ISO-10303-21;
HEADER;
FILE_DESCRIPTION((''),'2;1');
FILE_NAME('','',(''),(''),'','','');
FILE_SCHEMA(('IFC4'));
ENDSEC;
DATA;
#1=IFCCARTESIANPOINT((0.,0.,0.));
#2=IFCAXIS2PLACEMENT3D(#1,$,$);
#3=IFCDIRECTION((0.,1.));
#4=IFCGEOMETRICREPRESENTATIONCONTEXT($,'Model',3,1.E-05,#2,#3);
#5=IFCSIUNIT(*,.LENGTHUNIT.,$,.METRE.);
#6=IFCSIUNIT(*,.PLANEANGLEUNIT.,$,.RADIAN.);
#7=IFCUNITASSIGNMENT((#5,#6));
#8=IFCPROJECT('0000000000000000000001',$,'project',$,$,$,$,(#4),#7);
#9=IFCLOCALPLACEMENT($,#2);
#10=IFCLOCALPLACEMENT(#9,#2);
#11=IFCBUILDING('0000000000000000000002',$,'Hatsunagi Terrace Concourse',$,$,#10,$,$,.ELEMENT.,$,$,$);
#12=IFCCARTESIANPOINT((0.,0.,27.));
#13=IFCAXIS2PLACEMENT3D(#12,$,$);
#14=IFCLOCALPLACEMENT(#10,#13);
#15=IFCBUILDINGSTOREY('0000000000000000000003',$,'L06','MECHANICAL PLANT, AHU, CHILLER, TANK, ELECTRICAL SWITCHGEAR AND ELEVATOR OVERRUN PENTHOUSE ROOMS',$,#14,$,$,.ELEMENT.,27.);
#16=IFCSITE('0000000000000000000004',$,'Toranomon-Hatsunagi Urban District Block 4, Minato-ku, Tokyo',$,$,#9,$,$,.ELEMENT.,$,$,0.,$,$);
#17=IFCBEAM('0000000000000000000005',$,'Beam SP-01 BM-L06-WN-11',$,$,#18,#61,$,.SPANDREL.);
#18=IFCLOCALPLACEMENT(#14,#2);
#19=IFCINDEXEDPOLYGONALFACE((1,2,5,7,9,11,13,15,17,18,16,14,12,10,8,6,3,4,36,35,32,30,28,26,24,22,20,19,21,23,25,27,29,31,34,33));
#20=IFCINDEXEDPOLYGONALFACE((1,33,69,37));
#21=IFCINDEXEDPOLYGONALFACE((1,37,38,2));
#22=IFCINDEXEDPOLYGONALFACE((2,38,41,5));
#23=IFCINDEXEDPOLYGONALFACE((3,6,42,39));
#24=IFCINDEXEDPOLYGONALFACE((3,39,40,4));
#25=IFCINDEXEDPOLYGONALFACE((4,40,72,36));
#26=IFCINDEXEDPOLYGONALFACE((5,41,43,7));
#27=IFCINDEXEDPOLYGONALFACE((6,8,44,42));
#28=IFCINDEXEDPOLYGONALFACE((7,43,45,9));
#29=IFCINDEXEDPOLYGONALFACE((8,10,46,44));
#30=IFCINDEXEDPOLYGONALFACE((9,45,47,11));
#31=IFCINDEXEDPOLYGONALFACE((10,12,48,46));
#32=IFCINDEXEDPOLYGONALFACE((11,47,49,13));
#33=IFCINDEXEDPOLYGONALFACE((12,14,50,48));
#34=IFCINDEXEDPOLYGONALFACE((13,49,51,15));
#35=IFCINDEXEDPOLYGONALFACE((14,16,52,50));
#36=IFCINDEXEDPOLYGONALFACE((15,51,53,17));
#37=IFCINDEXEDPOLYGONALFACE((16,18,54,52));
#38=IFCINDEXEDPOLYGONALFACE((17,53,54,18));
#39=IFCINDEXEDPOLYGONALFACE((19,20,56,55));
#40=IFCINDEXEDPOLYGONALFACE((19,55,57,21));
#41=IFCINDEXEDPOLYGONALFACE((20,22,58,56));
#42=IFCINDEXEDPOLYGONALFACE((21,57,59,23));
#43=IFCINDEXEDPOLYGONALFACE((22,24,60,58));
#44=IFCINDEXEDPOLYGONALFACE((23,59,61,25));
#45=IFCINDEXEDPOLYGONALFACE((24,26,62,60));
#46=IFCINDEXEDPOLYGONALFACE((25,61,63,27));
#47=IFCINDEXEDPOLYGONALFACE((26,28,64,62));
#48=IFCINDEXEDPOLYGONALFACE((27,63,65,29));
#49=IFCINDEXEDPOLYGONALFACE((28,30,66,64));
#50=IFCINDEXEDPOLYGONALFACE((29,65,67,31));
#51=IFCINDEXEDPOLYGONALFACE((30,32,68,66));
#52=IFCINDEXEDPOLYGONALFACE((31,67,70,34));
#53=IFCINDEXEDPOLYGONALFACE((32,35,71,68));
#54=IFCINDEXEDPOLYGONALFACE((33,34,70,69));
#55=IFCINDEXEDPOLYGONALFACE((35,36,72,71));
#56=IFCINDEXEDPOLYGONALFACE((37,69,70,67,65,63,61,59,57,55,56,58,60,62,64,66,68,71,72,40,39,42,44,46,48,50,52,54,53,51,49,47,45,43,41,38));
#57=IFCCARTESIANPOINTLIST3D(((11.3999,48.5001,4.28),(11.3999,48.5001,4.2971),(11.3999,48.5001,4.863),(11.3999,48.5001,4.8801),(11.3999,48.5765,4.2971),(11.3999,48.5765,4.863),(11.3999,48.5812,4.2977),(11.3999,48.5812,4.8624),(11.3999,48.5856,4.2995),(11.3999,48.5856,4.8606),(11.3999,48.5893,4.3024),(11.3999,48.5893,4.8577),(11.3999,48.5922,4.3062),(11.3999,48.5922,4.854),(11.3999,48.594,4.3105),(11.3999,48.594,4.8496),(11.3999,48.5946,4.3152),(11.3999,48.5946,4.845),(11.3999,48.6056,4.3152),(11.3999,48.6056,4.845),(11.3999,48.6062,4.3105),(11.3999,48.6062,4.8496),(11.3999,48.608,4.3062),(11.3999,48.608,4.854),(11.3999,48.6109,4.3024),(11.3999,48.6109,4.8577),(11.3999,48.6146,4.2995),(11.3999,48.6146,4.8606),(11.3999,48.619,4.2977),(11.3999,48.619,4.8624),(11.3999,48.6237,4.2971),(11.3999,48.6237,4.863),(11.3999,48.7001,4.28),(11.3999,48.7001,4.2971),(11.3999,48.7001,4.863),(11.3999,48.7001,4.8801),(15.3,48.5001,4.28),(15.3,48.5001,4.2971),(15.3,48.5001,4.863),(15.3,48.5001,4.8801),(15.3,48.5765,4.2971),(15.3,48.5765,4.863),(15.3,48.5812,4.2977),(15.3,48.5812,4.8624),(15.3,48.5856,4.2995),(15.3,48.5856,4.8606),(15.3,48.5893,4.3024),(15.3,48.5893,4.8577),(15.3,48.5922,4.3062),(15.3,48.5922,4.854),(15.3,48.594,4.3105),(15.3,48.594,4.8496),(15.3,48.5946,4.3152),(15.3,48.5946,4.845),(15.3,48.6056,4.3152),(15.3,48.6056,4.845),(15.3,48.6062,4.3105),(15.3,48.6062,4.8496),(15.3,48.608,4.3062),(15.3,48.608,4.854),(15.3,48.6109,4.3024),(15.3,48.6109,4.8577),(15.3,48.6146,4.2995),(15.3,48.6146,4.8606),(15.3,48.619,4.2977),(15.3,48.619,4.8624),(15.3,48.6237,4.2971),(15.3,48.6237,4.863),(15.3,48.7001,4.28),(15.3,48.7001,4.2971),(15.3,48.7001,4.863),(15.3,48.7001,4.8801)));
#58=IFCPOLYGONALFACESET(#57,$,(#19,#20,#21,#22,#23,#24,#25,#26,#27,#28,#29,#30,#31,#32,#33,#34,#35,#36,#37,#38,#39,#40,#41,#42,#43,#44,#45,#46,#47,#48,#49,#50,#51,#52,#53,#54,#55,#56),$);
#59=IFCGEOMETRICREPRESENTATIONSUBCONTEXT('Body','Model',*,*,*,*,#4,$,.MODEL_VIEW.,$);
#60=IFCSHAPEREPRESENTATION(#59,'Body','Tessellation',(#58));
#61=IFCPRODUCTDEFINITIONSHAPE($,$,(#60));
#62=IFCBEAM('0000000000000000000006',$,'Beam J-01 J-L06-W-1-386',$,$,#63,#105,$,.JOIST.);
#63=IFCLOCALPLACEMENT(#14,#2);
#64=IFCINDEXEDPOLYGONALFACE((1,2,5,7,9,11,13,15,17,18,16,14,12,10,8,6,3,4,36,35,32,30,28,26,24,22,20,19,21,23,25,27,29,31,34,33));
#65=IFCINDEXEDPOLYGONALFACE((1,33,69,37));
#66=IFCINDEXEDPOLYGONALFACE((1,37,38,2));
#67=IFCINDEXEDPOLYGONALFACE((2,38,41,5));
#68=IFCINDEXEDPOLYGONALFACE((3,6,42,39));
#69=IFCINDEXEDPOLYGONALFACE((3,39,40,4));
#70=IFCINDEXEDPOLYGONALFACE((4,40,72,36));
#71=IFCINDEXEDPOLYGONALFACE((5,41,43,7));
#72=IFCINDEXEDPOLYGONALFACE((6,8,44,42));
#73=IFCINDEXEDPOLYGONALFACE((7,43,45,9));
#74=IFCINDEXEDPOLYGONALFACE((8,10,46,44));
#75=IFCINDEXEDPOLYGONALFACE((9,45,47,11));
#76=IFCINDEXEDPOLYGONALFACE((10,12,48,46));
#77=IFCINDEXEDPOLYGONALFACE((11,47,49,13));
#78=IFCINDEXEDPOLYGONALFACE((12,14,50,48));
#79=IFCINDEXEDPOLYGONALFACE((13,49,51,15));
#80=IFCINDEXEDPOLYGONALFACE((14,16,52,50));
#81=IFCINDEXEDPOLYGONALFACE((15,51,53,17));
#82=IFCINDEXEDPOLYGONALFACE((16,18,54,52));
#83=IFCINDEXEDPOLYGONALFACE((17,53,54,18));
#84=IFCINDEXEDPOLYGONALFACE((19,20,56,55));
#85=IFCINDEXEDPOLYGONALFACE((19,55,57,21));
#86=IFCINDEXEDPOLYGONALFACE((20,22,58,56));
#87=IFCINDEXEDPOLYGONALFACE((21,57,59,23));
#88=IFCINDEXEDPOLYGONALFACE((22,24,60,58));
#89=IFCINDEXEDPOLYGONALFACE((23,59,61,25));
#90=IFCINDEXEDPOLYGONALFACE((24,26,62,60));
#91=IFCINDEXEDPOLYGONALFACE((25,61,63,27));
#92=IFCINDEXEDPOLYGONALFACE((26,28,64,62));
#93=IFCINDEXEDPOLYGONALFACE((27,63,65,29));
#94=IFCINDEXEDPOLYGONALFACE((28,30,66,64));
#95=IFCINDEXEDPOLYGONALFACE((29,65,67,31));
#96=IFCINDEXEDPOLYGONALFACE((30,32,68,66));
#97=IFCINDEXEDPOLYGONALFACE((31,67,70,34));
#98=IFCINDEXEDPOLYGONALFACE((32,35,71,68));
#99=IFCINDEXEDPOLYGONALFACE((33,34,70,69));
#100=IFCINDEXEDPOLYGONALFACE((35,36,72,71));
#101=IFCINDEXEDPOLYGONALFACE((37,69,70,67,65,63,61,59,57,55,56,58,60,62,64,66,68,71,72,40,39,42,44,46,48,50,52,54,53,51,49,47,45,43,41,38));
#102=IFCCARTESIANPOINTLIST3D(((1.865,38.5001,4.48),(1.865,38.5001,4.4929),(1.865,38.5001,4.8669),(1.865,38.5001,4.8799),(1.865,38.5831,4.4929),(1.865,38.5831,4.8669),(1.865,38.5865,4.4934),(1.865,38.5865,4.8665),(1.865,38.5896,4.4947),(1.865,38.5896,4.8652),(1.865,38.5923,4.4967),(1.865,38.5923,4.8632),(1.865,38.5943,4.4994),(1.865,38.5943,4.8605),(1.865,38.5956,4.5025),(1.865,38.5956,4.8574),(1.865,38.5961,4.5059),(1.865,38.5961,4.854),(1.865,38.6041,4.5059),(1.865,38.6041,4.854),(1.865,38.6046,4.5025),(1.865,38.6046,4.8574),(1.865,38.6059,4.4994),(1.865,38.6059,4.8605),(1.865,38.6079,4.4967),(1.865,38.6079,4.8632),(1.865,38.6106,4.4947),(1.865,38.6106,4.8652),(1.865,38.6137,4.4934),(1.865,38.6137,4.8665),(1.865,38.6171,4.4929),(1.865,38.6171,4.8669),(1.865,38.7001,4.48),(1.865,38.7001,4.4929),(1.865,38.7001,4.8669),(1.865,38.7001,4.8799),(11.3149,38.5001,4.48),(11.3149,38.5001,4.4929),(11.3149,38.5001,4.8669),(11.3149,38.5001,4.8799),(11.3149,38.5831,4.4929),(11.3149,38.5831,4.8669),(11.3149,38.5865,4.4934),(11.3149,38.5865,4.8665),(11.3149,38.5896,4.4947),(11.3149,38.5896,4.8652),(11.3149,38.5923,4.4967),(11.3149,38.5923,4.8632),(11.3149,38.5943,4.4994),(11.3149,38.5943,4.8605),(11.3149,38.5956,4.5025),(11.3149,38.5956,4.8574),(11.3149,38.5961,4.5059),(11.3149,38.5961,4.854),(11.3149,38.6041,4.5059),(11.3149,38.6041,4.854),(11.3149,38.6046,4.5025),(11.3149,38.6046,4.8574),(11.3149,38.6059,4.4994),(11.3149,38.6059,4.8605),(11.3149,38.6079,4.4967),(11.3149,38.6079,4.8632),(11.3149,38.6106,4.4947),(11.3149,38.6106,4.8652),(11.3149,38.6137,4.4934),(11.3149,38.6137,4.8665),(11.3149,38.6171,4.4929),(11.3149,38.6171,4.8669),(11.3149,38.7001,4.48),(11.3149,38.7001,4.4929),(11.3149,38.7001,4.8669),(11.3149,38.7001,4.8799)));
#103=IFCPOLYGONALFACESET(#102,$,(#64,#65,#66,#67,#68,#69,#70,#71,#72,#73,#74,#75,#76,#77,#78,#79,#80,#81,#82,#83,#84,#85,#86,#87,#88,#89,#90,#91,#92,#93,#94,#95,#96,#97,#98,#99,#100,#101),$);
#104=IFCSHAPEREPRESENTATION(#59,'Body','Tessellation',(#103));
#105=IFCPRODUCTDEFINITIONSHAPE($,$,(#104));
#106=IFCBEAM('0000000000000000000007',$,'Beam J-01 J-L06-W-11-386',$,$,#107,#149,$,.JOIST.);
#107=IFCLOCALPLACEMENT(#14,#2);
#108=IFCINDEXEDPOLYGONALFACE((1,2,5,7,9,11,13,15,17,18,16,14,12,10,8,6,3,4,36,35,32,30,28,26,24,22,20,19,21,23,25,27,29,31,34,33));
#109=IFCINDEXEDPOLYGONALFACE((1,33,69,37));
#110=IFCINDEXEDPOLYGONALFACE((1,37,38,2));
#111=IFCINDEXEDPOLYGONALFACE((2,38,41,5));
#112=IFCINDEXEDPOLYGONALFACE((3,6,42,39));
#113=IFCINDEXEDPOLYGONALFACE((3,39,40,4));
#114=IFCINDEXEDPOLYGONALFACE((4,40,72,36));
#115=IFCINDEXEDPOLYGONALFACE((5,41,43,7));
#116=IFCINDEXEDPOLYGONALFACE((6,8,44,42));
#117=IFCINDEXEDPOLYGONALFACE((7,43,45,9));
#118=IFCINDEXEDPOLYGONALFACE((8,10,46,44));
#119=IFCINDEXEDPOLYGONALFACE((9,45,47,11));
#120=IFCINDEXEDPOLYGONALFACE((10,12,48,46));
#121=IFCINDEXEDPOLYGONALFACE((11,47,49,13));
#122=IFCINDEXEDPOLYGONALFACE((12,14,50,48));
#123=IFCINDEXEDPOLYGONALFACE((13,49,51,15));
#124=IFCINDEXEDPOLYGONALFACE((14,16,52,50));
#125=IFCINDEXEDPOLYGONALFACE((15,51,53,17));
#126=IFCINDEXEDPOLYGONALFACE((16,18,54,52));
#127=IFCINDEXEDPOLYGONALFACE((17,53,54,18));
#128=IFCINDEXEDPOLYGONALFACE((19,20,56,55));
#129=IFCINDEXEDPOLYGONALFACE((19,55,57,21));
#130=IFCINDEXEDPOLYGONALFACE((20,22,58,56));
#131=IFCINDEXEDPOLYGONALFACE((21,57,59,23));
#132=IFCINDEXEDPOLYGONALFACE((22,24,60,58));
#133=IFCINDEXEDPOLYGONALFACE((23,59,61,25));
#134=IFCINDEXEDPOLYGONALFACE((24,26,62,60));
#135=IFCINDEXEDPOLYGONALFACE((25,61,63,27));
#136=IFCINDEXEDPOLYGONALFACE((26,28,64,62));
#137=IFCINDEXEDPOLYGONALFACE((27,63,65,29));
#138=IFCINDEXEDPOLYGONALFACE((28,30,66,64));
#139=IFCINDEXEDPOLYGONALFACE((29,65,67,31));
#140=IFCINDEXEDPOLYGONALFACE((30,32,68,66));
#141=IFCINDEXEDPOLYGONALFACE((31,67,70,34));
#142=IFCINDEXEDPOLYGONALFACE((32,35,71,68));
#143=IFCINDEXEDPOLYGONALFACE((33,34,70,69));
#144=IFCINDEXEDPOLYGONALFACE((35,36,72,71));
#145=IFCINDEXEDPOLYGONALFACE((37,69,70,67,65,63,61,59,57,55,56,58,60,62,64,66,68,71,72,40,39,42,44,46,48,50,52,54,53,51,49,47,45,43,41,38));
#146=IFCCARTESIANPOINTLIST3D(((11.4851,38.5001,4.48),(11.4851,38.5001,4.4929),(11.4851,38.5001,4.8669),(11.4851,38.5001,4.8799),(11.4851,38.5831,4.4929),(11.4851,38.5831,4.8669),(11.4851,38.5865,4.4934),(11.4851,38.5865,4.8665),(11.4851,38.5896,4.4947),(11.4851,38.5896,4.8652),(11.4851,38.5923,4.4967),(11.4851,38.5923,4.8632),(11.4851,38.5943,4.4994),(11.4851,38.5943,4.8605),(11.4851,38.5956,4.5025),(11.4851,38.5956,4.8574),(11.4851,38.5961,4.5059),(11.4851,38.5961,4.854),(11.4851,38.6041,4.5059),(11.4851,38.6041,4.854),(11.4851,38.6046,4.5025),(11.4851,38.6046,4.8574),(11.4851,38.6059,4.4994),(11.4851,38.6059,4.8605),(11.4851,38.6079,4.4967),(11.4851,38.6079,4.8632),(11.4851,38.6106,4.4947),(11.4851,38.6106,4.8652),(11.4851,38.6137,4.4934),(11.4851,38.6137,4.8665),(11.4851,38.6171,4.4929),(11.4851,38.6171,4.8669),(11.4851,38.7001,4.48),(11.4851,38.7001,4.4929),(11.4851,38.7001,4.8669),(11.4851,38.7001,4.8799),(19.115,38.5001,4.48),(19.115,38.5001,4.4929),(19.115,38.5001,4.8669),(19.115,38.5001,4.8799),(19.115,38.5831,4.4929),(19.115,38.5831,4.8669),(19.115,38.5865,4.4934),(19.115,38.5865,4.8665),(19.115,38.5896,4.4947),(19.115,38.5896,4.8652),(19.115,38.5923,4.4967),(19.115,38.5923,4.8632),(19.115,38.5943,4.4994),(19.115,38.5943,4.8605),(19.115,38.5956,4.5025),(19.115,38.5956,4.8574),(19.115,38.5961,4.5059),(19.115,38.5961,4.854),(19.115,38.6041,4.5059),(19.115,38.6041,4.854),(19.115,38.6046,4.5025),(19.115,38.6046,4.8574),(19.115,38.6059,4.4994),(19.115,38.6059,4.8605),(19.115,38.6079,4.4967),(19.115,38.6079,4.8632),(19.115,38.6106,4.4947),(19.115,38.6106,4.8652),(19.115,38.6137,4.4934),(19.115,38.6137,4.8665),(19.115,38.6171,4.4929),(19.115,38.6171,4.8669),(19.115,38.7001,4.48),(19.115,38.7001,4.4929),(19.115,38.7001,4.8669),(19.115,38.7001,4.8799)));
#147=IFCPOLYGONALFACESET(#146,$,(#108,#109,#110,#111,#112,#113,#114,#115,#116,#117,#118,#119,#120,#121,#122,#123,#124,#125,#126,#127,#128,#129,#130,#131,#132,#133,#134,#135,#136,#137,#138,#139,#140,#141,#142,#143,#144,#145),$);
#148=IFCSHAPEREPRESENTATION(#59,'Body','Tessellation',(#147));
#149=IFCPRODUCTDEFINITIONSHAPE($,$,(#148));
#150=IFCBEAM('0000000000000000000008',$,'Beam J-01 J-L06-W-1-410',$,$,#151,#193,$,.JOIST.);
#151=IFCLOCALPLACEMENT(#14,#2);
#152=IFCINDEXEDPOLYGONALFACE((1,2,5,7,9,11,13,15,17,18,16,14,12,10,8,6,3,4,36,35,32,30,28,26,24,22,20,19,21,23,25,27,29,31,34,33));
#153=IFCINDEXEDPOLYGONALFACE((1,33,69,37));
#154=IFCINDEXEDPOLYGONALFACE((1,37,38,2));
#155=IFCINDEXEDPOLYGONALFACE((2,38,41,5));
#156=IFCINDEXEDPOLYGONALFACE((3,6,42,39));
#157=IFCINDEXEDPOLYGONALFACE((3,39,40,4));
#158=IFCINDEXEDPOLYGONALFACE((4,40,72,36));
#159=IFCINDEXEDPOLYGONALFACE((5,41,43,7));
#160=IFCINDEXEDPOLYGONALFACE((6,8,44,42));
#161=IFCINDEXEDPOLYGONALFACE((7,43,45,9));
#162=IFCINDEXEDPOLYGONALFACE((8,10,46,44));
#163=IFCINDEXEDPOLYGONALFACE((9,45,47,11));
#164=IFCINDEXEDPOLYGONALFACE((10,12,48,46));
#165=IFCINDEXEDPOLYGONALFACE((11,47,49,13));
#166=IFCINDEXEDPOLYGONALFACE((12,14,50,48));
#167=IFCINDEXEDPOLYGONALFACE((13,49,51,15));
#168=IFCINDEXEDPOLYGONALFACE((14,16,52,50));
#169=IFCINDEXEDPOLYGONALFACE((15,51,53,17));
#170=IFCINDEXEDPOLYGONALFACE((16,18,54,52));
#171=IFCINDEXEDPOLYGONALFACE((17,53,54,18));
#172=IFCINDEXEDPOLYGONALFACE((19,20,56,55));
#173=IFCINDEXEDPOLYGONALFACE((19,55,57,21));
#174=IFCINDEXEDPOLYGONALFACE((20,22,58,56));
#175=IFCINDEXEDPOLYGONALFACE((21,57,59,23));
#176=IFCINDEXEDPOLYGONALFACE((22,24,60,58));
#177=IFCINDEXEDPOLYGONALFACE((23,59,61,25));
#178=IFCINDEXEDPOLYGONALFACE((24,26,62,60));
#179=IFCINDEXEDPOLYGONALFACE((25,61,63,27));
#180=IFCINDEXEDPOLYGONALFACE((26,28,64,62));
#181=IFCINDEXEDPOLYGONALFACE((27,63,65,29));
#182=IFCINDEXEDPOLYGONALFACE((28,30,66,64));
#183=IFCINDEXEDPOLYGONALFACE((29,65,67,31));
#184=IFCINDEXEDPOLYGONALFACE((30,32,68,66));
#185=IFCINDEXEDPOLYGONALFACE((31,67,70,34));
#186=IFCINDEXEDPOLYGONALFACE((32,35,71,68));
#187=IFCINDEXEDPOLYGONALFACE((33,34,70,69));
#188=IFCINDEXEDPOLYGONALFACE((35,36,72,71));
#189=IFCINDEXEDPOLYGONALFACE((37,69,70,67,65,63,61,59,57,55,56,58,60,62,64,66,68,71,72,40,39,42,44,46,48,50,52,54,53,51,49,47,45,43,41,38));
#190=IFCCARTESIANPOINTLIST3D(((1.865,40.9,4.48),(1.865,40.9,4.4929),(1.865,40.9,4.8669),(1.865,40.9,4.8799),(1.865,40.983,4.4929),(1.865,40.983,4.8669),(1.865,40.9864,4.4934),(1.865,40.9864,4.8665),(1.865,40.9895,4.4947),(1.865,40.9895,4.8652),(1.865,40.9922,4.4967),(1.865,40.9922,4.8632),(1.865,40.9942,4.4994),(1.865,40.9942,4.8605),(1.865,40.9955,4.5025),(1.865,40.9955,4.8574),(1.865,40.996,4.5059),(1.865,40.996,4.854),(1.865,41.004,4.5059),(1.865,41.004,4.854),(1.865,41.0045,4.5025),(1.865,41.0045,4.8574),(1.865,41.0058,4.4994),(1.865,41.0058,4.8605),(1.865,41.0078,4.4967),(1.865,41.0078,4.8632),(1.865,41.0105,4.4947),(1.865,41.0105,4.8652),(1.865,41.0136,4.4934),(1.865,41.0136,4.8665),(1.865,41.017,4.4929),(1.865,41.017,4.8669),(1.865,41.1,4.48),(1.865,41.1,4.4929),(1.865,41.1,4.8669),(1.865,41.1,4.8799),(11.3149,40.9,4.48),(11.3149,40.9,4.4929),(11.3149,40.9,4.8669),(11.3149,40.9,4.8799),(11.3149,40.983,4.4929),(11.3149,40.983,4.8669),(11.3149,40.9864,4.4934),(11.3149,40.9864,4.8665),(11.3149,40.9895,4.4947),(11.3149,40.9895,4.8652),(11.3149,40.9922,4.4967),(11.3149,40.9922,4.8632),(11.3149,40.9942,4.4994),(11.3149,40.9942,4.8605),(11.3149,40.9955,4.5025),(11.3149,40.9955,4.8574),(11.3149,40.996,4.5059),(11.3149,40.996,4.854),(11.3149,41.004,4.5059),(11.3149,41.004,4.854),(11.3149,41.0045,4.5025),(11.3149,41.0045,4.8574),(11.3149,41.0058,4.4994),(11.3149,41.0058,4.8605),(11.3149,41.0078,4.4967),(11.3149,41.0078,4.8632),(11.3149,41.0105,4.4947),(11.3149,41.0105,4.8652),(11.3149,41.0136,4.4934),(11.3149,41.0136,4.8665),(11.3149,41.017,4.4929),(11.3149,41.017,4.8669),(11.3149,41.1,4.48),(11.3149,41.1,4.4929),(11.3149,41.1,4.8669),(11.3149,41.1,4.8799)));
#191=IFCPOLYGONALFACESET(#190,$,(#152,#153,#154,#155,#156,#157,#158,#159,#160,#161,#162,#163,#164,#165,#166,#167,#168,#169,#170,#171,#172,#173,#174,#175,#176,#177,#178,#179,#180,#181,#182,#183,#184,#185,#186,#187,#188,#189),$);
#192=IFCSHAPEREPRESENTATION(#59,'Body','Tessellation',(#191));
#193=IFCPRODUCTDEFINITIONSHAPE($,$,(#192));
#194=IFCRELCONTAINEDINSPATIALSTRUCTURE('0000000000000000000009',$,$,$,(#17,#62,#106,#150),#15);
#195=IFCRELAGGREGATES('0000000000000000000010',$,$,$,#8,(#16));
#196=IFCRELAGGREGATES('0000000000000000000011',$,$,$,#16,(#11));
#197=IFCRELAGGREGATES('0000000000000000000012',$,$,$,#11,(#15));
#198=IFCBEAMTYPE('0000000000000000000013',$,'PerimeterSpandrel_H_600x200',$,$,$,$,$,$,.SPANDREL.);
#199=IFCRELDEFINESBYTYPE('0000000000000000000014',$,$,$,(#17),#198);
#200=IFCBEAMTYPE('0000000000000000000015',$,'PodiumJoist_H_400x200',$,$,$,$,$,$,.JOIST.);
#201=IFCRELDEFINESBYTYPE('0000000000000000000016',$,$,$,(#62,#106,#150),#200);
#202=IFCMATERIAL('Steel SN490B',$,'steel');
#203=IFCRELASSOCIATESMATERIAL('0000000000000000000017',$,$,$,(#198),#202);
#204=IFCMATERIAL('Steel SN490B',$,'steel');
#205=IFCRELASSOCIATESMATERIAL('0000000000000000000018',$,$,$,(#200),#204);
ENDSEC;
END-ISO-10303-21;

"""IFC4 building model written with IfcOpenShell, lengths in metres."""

from ifc_helpers import new_model, si_unit, direction, frame, origin, origin_2d, place, context, subcontext, project, spatial, i_section, extrude, material, material_profile, profile_set, type_object, element, save


model = new_model("IFC4")

# Units and contexts
model_context = context("Model", 3, precision=1e-05, world=origin(), true_north=direction((0.0, 1.0)))
body_context = subcontext(model_context, "Body", "Model", "MODEL_VIEW")
ifc_project = project(units=[si_unit("LENGTHUNIT", "METRE"), si_unit("PLANEANGLEUNIT", "RADIAN")], contexts=[model_context])

# Site, building, storey
site_placement = place(None, origin())
site = spatial("IfcSite", under=ifc_project, at=site_placement, Name="Toranomon-Hatsunagi Urban District Block 4, Minato-ku, Tokyo", CompositionType="ELEMENT", RefElevation=0.0)
building_placement = place(site_placement, origin())
building = spatial("IfcBuilding", under=site, at=building_placement, Name="Hatsunagi Terrace Concourse", CompositionType="ELEMENT")
storey_placement = place(building_placement, frame((0.0, 0.0, 27.0)))
storey = spatial("IfcBuildingStorey", under=building, at=storey_placement, Name="L06", Description="MECHANICAL PLANT, AHU, CHILLER, TANK, ELECTRICAL SWITCHGEAR AND ELEVATOR OVERRUN PENTHOUSE ROOMS", CompositionType="ELEMENT", Elevation=27.0)

# Beams
ifc_material_1 = material(Name="Steel SN490B", Category="steel")
ifc_material_profile_1 = material_profile(ifc_material_1, i_section(OverallWidth=0.2, OverallDepth=0.6001, WebThickness=0.011, FlangeThickness=0.0171, FilletRadius=0.0181, at=origin_2d()), Name="H-600x200x11x17")
ifc_profile_set_1 = profile_set([ifc_material_profile_1], Name="Steel SN490B")
beam_type_1 = type_object("IfcBeamType", Name="PerimeterSpandrel_H_600x200", PredefinedType="SPANDREL", material=ifc_profile_set_1)
beam_1_placement = place(storey_placement, frame((11.3999, 48.6001, 4.5801), z_axis=(1.0, 0.0, 0.0), x_axis=(0.0, 1.0, 0.0)))
element("IfcBeam", 1, at=beam_1_placement, inside=storey, type_object=beam_type_1, Name="Beam SP-01 BM-L06-WN-11", PredefinedType="SPANDREL", context=body_context, shape_type="SweptSolid", body=[
    extrude(i_section(OverallWidth=0.2, OverallDepth=0.6001, WebThickness=0.011, FlangeThickness=0.0171, FilletRadius=0.0181, at=origin_2d()), origin(), (0.0, 0.0, 1.0), 3.9001),
])
ifc_material_2 = material(Name="Steel SN490B", Category="steel")
ifc_material_profile_2 = material_profile(ifc_material_2, i_section(OverallWidth=0.2, OverallDepth=0.3999, WebThickness=0.0081, FlangeThickness=0.0129, FilletRadius=0.0129, at=origin_2d()), Name="H-400x200x8x13")
ifc_profile_set_2 = profile_set([ifc_material_profile_2], Name="Steel SN490B")
beam_type_2 = type_object("IfcBeamType", Name="PodiumJoist_H_400x200", PredefinedType="JOIST", material=ifc_profile_set_2)
beam_2_placement = place(storey_placement, frame((1.865, 38.6001, 4.6799), z_axis=(1.0, 0.0, 0.0), x_axis=(0.0, 1.0, 0.0)))
element("IfcBeam", 2, at=beam_2_placement, inside=storey, type_object=beam_type_2, Name="Beam J-01 J-L06-W-1-386", PredefinedType="JOIST", context=body_context, shape_type="SweptSolid", body=[
    extrude(i_section(OverallWidth=0.2, OverallDepth=0.3999, WebThickness=0.0081, FlangeThickness=0.0129, FilletRadius=0.0129, at=origin_2d()), origin(), (0.0, 0.0, 1.0), 9.45),
])
beam_3_placement = place(storey_placement, frame((11.4851, 38.6001, 4.6799), z_axis=(1.0, 0.0, 0.0), x_axis=(0.0, 1.0, 0.0)))
element("IfcBeam", 3, at=beam_3_placement, inside=storey, type_object=beam_type_2, Name="Beam J-01 J-L06-W-11-386", PredefinedType="JOIST", context=body_context, shape_type="SweptSolid", body=[
    extrude(i_section(OverallWidth=0.2, OverallDepth=0.3999, WebThickness=0.0081, FlangeThickness=0.0129, FilletRadius=0.0129, at=origin_2d()), origin(), (0.0, 0.0, 1.0), 7.6299),
])
beam_4_placement = place(storey_placement, frame((1.865, 41.0, 4.6799), z_axis=(1.0, 0.0, 0.0), x_axis=(0.0, 1.0, 0.0)))
element("IfcBeam", 4, at=beam_4_placement, inside=storey, type_object=beam_type_2, Name="Beam J-01 J-L06-W-1-410", PredefinedType="JOIST", context=body_context, shape_type="SweptSolid", body=[
    extrude(i_section(OverallWidth=0.2, OverallDepth=0.3999, WebThickness=0.0081, FlangeThickness=0.0129, FilletRadius=0.0129, at=origin_2d()), origin(), (0.0, 0.0, 1.0), 9.45),
])

save(model, "model.ifc")
